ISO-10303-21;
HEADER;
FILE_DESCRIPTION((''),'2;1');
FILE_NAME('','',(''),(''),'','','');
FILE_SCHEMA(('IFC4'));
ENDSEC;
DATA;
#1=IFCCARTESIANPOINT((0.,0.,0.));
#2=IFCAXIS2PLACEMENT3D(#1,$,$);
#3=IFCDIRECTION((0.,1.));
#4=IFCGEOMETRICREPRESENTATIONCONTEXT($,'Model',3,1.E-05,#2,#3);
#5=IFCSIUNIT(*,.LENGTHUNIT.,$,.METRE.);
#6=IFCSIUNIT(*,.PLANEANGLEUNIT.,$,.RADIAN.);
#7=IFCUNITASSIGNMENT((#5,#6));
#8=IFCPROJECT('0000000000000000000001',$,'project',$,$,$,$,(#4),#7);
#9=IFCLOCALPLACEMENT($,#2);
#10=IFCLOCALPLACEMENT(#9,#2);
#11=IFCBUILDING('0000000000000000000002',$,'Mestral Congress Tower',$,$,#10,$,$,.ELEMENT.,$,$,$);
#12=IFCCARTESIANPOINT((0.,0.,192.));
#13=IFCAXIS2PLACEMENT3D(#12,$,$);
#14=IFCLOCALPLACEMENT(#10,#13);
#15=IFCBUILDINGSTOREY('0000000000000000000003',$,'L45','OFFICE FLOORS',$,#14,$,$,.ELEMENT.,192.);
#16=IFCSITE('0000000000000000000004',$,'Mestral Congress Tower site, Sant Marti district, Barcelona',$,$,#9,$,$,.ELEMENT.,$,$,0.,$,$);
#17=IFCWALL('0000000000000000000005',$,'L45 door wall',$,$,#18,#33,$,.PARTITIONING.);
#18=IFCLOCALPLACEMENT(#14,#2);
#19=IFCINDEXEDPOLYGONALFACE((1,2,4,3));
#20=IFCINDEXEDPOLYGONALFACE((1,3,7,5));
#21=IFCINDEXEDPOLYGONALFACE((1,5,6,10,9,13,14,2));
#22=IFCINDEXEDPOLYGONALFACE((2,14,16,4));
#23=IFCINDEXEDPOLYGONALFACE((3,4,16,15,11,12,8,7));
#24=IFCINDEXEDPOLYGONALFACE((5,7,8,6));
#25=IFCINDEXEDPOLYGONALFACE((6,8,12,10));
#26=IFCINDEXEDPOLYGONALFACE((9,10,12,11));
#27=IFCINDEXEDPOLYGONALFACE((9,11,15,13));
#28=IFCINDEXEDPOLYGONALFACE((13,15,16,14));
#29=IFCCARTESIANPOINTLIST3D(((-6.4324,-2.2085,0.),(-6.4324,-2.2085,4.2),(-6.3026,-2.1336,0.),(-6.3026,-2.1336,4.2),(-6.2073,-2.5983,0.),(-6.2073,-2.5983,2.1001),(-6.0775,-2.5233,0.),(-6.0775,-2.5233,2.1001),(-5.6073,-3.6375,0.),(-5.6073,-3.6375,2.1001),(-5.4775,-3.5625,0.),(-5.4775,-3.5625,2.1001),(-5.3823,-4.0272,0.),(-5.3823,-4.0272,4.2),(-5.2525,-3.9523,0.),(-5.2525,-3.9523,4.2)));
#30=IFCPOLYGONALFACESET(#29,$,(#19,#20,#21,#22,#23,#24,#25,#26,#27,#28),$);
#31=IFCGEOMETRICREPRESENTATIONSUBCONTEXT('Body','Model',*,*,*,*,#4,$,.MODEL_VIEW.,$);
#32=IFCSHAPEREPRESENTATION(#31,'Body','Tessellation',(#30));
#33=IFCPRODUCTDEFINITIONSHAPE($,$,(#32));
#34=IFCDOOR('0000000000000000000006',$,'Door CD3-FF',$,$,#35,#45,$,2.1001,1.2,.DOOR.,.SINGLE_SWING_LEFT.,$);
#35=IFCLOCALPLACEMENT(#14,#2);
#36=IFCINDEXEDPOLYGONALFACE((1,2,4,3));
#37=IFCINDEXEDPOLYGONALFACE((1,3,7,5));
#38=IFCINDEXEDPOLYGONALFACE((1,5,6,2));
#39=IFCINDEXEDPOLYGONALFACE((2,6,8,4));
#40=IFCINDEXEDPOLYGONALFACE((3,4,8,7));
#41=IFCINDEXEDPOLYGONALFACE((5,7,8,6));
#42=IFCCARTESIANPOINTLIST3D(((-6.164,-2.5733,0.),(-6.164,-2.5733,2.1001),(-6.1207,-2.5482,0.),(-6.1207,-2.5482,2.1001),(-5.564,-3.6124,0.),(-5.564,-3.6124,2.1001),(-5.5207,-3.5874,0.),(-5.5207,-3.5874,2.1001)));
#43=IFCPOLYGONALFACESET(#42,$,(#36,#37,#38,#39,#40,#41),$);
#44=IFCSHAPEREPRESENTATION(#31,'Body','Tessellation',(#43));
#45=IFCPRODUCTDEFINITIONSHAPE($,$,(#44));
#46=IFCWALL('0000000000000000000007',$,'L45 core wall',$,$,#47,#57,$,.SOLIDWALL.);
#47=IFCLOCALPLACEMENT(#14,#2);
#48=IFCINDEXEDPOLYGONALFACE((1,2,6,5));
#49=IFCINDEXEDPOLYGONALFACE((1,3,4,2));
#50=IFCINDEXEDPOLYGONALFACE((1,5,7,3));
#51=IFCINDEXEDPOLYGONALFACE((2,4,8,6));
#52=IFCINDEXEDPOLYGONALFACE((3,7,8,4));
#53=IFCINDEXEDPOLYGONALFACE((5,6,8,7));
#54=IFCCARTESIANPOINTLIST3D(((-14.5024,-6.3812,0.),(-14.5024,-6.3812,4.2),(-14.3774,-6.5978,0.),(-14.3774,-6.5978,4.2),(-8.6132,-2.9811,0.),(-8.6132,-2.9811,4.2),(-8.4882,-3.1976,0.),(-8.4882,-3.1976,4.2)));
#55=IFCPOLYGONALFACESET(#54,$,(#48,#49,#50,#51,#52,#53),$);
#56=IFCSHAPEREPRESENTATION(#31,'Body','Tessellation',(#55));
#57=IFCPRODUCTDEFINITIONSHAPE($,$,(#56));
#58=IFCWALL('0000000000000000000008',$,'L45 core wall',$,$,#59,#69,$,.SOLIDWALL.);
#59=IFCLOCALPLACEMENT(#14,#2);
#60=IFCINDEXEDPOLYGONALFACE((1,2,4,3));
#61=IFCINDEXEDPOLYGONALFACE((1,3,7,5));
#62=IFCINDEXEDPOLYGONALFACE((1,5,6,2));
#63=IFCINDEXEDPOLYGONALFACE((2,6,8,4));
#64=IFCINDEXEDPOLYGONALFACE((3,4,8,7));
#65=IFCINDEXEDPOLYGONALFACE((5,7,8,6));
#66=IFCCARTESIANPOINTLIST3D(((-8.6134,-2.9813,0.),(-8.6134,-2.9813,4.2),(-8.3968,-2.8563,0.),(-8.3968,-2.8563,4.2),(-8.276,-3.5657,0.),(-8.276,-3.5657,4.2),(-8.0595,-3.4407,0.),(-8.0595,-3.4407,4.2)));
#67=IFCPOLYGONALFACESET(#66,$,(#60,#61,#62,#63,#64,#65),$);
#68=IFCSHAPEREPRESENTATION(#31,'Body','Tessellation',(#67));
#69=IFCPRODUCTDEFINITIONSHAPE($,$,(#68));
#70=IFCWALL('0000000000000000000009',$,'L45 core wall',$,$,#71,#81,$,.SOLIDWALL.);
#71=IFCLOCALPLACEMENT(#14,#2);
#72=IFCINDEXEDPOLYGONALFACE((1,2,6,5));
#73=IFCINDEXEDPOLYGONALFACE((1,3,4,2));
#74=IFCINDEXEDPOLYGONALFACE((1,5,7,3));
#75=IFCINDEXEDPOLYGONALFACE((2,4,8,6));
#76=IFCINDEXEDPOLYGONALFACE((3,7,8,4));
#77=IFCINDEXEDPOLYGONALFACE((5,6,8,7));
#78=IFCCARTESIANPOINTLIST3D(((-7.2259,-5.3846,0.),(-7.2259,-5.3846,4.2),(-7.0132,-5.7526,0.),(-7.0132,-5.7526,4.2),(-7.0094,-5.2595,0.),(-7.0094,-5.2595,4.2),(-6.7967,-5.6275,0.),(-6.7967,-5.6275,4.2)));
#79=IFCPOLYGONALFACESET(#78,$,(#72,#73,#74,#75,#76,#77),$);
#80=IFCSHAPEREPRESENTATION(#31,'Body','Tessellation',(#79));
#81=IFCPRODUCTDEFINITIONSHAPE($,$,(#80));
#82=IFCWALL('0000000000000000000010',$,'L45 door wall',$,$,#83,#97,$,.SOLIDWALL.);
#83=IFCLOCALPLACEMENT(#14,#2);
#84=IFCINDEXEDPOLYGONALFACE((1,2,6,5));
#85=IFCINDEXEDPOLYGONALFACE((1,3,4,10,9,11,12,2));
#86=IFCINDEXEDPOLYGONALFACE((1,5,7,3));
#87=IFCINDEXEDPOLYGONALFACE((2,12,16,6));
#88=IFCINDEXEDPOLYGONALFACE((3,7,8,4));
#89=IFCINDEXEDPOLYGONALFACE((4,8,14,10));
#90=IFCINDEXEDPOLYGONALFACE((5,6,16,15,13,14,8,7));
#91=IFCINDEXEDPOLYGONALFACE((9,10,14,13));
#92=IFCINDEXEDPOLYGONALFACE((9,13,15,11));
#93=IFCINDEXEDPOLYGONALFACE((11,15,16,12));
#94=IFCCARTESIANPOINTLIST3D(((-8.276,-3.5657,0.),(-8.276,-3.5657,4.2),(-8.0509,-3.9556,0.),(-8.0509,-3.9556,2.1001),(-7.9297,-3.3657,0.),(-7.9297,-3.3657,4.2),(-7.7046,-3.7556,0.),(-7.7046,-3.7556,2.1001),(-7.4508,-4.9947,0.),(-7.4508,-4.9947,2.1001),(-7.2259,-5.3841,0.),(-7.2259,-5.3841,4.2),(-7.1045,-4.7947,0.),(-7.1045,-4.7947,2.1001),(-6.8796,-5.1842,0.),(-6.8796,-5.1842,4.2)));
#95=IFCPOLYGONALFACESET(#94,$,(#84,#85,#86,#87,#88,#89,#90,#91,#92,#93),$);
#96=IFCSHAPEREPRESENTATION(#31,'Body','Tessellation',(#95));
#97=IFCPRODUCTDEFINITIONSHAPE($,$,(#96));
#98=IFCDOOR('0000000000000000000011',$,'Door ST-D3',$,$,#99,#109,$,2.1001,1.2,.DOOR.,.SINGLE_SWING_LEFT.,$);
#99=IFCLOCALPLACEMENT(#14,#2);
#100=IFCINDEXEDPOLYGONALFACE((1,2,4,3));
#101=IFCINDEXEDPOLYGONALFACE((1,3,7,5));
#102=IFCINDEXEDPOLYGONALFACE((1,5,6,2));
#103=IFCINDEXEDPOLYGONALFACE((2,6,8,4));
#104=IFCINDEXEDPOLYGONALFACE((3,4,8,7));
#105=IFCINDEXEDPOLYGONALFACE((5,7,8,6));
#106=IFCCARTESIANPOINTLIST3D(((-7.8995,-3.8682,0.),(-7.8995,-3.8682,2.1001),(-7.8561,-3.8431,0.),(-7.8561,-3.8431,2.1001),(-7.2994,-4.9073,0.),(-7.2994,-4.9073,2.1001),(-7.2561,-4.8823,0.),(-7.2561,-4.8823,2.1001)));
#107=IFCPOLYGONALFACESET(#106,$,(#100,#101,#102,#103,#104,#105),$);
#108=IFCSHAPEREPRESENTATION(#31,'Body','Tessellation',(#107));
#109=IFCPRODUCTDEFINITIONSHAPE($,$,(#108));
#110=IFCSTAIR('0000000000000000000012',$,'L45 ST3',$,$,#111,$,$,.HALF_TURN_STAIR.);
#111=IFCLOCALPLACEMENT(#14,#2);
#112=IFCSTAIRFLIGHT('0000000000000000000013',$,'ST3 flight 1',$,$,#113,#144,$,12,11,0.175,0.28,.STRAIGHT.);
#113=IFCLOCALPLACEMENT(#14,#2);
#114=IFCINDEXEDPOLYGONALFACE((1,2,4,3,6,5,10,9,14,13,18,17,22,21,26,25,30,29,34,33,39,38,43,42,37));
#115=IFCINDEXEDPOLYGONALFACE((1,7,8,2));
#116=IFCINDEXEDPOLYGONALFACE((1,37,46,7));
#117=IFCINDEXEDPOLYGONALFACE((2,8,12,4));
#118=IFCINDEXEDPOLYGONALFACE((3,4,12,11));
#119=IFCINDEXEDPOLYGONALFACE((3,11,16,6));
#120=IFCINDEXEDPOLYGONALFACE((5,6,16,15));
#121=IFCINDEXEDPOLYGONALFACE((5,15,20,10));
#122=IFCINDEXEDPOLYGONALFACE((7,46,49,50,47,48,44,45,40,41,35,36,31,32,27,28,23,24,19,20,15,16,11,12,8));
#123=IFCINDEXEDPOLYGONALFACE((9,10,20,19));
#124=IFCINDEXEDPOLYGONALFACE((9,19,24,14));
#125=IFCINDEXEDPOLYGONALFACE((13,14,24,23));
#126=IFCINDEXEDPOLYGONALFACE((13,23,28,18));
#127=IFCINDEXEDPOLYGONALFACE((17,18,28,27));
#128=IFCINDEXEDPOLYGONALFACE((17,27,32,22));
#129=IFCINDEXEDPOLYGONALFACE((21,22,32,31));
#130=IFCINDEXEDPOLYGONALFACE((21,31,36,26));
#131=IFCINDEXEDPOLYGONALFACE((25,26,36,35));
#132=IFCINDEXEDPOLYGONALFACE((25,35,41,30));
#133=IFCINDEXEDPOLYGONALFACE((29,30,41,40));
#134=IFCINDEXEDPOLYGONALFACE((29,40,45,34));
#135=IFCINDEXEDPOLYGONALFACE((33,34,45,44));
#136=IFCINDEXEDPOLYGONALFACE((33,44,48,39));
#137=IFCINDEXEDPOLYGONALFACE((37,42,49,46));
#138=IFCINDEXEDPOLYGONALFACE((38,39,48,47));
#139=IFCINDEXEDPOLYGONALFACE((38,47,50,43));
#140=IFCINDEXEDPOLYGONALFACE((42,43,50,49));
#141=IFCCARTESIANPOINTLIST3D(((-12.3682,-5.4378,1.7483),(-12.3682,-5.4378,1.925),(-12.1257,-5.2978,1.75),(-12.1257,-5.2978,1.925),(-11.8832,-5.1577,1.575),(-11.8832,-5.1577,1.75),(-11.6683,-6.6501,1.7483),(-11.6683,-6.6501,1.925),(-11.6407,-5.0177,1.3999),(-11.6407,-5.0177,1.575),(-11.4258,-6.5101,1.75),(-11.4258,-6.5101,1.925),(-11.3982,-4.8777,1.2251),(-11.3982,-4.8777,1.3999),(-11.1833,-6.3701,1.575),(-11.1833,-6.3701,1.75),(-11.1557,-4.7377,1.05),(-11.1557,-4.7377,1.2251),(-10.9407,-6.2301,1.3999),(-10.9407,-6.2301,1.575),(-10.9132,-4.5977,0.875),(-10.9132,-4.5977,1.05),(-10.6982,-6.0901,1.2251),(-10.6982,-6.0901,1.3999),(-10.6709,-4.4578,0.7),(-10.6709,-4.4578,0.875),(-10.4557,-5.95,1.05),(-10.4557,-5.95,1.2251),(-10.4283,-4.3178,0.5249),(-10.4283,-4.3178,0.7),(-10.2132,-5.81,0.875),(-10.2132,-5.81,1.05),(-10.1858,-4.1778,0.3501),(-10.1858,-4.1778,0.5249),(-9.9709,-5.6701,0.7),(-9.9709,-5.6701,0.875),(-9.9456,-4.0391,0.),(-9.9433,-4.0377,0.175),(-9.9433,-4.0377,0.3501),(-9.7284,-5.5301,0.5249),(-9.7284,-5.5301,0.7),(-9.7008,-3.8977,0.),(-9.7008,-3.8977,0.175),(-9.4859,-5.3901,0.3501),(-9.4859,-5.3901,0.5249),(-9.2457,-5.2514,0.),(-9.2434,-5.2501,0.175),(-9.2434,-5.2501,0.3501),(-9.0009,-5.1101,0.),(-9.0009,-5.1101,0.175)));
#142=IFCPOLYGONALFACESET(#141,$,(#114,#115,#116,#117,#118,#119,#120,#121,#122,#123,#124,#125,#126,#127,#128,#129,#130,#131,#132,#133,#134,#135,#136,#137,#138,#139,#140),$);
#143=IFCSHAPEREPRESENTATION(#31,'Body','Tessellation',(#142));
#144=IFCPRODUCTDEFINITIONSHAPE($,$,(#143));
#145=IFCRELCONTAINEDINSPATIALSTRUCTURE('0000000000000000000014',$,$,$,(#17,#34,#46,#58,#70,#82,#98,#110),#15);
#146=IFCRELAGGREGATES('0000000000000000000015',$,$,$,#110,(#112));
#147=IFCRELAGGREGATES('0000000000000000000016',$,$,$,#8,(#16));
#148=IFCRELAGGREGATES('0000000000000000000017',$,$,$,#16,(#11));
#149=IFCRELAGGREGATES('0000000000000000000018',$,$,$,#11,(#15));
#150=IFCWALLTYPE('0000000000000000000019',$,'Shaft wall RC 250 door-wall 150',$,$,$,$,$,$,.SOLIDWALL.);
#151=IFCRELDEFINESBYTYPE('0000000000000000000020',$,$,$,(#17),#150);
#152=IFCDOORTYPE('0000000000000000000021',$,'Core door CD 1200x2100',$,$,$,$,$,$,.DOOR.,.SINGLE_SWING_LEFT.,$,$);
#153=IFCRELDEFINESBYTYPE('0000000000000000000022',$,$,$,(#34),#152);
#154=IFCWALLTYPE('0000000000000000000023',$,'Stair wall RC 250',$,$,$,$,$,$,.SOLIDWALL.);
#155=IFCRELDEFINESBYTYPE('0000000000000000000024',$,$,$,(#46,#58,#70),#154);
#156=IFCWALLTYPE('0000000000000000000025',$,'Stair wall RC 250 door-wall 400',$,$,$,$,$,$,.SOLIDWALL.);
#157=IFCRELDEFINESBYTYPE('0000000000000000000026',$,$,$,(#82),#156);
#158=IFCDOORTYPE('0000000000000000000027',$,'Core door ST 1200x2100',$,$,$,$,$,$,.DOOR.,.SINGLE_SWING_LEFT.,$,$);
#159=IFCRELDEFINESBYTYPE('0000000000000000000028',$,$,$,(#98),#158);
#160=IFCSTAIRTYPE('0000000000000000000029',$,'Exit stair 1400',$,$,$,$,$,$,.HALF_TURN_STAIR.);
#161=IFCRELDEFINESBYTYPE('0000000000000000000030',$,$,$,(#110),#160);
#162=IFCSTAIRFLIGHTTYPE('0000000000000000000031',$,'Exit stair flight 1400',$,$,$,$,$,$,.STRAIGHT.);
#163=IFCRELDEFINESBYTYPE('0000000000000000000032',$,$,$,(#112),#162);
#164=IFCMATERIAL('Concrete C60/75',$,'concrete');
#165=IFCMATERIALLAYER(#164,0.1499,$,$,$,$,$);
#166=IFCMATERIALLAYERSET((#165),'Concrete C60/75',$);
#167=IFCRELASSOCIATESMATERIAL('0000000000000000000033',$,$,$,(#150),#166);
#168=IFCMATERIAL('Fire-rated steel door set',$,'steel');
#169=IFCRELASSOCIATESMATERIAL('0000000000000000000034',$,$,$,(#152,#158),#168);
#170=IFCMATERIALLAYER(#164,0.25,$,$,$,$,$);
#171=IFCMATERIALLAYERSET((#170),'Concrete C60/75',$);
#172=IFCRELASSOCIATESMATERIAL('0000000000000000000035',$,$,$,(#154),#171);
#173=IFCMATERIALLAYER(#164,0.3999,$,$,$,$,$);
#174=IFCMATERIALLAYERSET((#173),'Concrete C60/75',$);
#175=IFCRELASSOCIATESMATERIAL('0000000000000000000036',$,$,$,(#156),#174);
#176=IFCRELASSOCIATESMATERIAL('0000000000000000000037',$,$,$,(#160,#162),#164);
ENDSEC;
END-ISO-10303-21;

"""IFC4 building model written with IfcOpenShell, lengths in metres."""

from ifc_helpers import new_model, si_unit, direction, frame, frame_2d, origin, place, context, subcontext, project, spatial, polyline, rectangle, outline, extrude, material, layer, layer_set, type_object, element, fill, aggregate, save


model = new_model("IFC4")

# Units and contexts
model_context = context("Model", 3, precision=1e-05, world=origin(), true_north=direction((0.0, 1.0)))
body_context = subcontext(model_context, "Body", "Model", "MODEL_VIEW")
ifc_project = project(units=[si_unit("LENGTHUNIT", "METRE"), si_unit("PLANEANGLEUNIT", "RADIAN")], contexts=[model_context])

# Site, building, storey
site_placement = place(None, origin())
site = spatial("IfcSite", under=ifc_project, at=site_placement, Name="Mestral Congress Tower site, Sant Marti district, Barcelona", CompositionType="ELEMENT", RefElevation=0.0)
building_placement = place(site_placement, origin())
building = spatial("IfcBuilding", under=site, at=building_placement, Name="Mestral Congress Tower", CompositionType="ELEMENT")
storey_placement = place(building_placement, frame((0.0, 0.0, 192.0)))
storey = spatial("IfcBuildingStorey", under=building, at=storey_placement, Name="L45", Description="OFFICE FLOORS", CompositionType="ELEMENT", Elevation=192.0)

# Shared definitions
ifc_material_1 = material(Name="Concrete C60/75", Category="concrete")

# Shared definitions
ifc_material_2 = material(Name="Fire-rated steel door set", Category="steel")

# Shared definitions
ifc_layer_1 = layer(ifc_material_1, 0.1499)
ifc_layer_set_1 = layer_set([ifc_layer_1], Name="Concrete C60/75")
wall_type_1 = type_object("IfcWallType", Name="Shaft wall RC 250 door-wall 150", PredefinedType="SOLIDWALL", material=ifc_layer_set_1)

# Wall, opening, door
wall_1_placement = place(storey_placement, frame((-5.3174, -3.9897, 0.0), z_axis=(0.0, 0.0, 1.0), x_axis=(-0.500028, 0.866009, 0.0)))
wall_1 = element("IfcWall", 1, at=wall_1_placement, inside=storey, type_object=wall_type_1, Name="L45 door wall", PredefinedType="PARTITIONING", context=body_context, shape_type="SweptSolid", body=[
    extrude(rectangle(XDim=2.1001, YDim=0.1499, at=frame_2d((1.05, 0.0))), origin(), (0.0, 0.0, 1.0), 4.2),
])
opening_1_placement = place(wall_1_placement, frame((0.45, 0.0, 0.0)))
opening_1 = element("IfcOpeningElement", 2, at=opening_1_placement, cuts=wall_1, PredefinedType="OPENING", context=body_context, shape_type="SweptSolid", body=[
    extrude(rectangle(XDim=1.2, YDim=2.1001, at=frame_2d((0.6001, 1.05))), frame((0.0, 0.085, 0.0), z_axis=(0.0, -1.0, 0.0), x_axis=(1.0, 0.0, 0.0)), (0.0, 0.0, 1.0), 0.1699),
])
door_type_1 = type_object("IfcDoorType", Name="Core door CD 1200x2100", OperationType="SINGLE_SWING_LEFT", PredefinedType="DOOR", material=ifc_material_2)
door_1_placement = place(opening_1_placement, origin())
door_1 = element("IfcDoor", 3, at=door_1_placement, inside=storey, type_object=door_type_1, Name="Door CD3-FF", OperationType="SINGLE_SWING_LEFT", OverallHeight=2.1001, OverallWidth=1.2, PredefinedType="DOOR", context=body_context, shape_type="SweptSolid", body=[
    extrude(rectangle(XDim=1.2, YDim=2.1001, at=frame_2d((0.6001, 1.05))), frame((0.0, 0.0249, 0.0), z_axis=(0.0, -1.0, 0.0), x_axis=(1.0, 0.0, 0.0)), (0.0, 0.0, 1.0), 0.05),
])
fill(opening_1, door_1)

# Walls
ifc_layer_2 = layer(ifc_material_1, 0.25)
ifc_layer_set_2 = layer_set([ifc_layer_2], Name="Concrete C60/75")
wall_type_2 = type_object("IfcWallType", Name="Stair wall RC 250", PredefinedType="SOLIDWALL", material=ifc_layer_set_2)
wall_2_placement = place(storey_placement, frame((-14.4399, -6.4895, 0.0), z_axis=(0.0, 0.0, 1.0), x_axis=(0.866023, 0.500004, 0.0)))
element("IfcWall", 4, at=wall_2_placement, inside=storey, type_object=wall_type_2, Name="L45 core wall", PredefinedType="SOLIDWALL", context=body_context, shape_type="SweptSolid", body=[
    extrude(rectangle(XDim=6.8003, YDim=0.25, at=frame_2d((3.4001, 0.0))), origin(), (0.0, 0.0, 1.0), 4.2),
])
wall_3_placement = place(storey_placement, frame((-8.1677, -3.5032, 0.0), z_axis=(0.0, 0.0, 1.0), x_axis=(-0.499952, 0.866053, 0.0)))
element("IfcWall", 5, at=wall_3_placement, inside=storey, type_object=wall_type_2, Name="L45 core wall", PredefinedType="SOLIDWALL", context=body_context, shape_type="SweptSolid", body=[
    extrude(rectangle(XDim=0.6748, YDim=0.25, at=frame_2d((0.3374, 0.0))), origin(), (0.0, 0.0, 1.0), 4.2),
])
wall_4_placement = place(storey_placement, frame((-6.905, -5.6899, 0.0), z_axis=(0.0, 0.0, 1.0), x_axis=(-0.500402, 0.865793, 0.0)))
element("IfcWall", 6, at=wall_4_placement, inside=storey, type_object=wall_type_2, Name="L45 core wall", PredefinedType="SOLIDWALL", context=body_context, shape_type="SweptSolid", body=[
    extrude(rectangle(XDim=0.425, YDim=0.25, at=frame_2d((0.2124, 0.0))), origin(), (0.0, 0.0, 1.0), 4.2),
])

# Wall, opening, door
ifc_layer_3 = layer(ifc_material_1, 0.3999)
ifc_layer_set_3 = layer_set([ifc_layer_3], Name="Concrete C60/75")
wall_type_3 = type_object("IfcWallType", Name="Stair wall RC 250 door-wall 400", PredefinedType="SOLIDWALL", material=ifc_layer_set_3)
wall_5_placement = place(storey_placement, frame((-8.1028, -3.4658, 0.0), z_axis=(0.0, 0.0, 1.0), x_axis=(0.500078, -0.86598, 0.0)))
wall_5 = element("IfcWall", 7, at=wall_5_placement, inside=storey, type_object=wall_type_3, Name="L45 door wall", PredefinedType="SOLIDWALL", context=body_context, shape_type="SweptSolid", body=[
    extrude(rectangle(XDim=2.0999, YDim=0.3999, at=frame_2d((1.0498, 0.0))), origin(), (0.0, 0.0, 1.0), 4.2),
])
opening_2_placement = place(wall_5_placement, frame((0.45, 0.0, 0.0)))
opening_2 = element("IfcOpeningElement", 8, at=opening_2_placement, cuts=wall_5, PredefinedType="OPENING", context=body_context, shape_type="SweptSolid", body=[
    extrude(rectangle(XDim=1.2, YDim=2.1001, at=frame_2d((0.6001, 1.05))), frame((0.0, 0.21, 0.0), z_axis=(0.0, -1.0, 0.0), x_axis=(1.0, 0.0, 0.0)), (0.0, 0.0, 1.0), 0.4199),
])
door_type_2 = type_object("IfcDoorType", Name="Core door ST 1200x2100", OperationType="SINGLE_SWING_LEFT", PredefinedType="DOOR", material=ifc_material_2)
door_2_placement = place(opening_2_placement, origin())
door_2 = element("IfcDoor", 9, at=door_2_placement, inside=storey, type_object=door_type_2, Name="Door ST-D3", OperationType="SINGLE_SWING_LEFT", OverallHeight=2.1001, OverallWidth=1.2, PredefinedType="DOOR", context=body_context, shape_type="SweptSolid", body=[
    extrude(rectangle(XDim=1.2, YDim=2.1001, at=frame_2d((0.6001, 1.05))), frame((0.0, 0.0249, 0.0), z_axis=(0.0, -1.0, 0.0), x_axis=(1.0, 0.0, 0.0)), (0.0, 0.0, 1.0), 0.05),
])
fill(opening_2, door_2)

# Stair, stair flight
stair_type = type_object("IfcStairType", Name="Exit stair 1400", PredefinedType="HALF_TURN_STAIR", material=ifc_material_1)
stair_placement = place(storey_placement, origin())
stair = element("IfcStair", 10, at=stair_placement, inside=storey, type_object=stair_type, Name="L45 ST3", PredefinedType="HALF_TURN_STAIR")
stair_flight_type = type_object("IfcStairFlightType", Name="Exit stair flight 1400", PredefinedType="STRAIGHT", material=ifc_material_1)
stair_flight_placement = place(storey_placement, frame((-9.3508, -4.5039, 0.0), z_axis=(0.0, 0.0, 1.0), x_axis=(-0.866025, -0.5, 0.0)))
stair_flight = element("IfcStairFlight", 11, at=stair_flight_placement, type_object=stair_flight_type, Name="ST3 flight 1", NumberOfRisers=12, NumberOfTreads=11, PredefinedType="STRAIGHT", RiserHeight=0.175, TreadLength=0.28, context=body_context, shape_type="SweptSolid", body=[
    extrude(outline(polyline([(0.0, 0.0), (0.0, 0.175), (0.28, 0.175), (0.28, 0.3501), (0.5601, 0.3501), (0.5601, 0.5249), (0.8401, 0.5249), (0.8401, 0.7), (1.1201, 0.7), (1.1201, 0.875), (1.3999, 0.875), (1.3999, 1.05), (1.6799, 1.05), (1.6799, 1.2251), (1.96, 1.2251), (1.96, 1.3999), (2.24, 1.3999), (2.24, 1.575), (2.52, 1.575), (2.52, 1.75), (2.8, 1.75), (2.8, 1.925), (3.0801, 1.925), (3.0801, 2.1001), (3.0801, 1.7483), (0.2827, 0.0), (0.0, 0.0)])), frame((0.0, 0.7, 0.0), z_axis=(0.0, -1.0, 0.0), x_axis=(1.0, 0.0, 0.0)), (0.0, 0.0, 1.0), 1.3999),
])
aggregate(stair, [stair_flight])

save(model, "model.ifc")
